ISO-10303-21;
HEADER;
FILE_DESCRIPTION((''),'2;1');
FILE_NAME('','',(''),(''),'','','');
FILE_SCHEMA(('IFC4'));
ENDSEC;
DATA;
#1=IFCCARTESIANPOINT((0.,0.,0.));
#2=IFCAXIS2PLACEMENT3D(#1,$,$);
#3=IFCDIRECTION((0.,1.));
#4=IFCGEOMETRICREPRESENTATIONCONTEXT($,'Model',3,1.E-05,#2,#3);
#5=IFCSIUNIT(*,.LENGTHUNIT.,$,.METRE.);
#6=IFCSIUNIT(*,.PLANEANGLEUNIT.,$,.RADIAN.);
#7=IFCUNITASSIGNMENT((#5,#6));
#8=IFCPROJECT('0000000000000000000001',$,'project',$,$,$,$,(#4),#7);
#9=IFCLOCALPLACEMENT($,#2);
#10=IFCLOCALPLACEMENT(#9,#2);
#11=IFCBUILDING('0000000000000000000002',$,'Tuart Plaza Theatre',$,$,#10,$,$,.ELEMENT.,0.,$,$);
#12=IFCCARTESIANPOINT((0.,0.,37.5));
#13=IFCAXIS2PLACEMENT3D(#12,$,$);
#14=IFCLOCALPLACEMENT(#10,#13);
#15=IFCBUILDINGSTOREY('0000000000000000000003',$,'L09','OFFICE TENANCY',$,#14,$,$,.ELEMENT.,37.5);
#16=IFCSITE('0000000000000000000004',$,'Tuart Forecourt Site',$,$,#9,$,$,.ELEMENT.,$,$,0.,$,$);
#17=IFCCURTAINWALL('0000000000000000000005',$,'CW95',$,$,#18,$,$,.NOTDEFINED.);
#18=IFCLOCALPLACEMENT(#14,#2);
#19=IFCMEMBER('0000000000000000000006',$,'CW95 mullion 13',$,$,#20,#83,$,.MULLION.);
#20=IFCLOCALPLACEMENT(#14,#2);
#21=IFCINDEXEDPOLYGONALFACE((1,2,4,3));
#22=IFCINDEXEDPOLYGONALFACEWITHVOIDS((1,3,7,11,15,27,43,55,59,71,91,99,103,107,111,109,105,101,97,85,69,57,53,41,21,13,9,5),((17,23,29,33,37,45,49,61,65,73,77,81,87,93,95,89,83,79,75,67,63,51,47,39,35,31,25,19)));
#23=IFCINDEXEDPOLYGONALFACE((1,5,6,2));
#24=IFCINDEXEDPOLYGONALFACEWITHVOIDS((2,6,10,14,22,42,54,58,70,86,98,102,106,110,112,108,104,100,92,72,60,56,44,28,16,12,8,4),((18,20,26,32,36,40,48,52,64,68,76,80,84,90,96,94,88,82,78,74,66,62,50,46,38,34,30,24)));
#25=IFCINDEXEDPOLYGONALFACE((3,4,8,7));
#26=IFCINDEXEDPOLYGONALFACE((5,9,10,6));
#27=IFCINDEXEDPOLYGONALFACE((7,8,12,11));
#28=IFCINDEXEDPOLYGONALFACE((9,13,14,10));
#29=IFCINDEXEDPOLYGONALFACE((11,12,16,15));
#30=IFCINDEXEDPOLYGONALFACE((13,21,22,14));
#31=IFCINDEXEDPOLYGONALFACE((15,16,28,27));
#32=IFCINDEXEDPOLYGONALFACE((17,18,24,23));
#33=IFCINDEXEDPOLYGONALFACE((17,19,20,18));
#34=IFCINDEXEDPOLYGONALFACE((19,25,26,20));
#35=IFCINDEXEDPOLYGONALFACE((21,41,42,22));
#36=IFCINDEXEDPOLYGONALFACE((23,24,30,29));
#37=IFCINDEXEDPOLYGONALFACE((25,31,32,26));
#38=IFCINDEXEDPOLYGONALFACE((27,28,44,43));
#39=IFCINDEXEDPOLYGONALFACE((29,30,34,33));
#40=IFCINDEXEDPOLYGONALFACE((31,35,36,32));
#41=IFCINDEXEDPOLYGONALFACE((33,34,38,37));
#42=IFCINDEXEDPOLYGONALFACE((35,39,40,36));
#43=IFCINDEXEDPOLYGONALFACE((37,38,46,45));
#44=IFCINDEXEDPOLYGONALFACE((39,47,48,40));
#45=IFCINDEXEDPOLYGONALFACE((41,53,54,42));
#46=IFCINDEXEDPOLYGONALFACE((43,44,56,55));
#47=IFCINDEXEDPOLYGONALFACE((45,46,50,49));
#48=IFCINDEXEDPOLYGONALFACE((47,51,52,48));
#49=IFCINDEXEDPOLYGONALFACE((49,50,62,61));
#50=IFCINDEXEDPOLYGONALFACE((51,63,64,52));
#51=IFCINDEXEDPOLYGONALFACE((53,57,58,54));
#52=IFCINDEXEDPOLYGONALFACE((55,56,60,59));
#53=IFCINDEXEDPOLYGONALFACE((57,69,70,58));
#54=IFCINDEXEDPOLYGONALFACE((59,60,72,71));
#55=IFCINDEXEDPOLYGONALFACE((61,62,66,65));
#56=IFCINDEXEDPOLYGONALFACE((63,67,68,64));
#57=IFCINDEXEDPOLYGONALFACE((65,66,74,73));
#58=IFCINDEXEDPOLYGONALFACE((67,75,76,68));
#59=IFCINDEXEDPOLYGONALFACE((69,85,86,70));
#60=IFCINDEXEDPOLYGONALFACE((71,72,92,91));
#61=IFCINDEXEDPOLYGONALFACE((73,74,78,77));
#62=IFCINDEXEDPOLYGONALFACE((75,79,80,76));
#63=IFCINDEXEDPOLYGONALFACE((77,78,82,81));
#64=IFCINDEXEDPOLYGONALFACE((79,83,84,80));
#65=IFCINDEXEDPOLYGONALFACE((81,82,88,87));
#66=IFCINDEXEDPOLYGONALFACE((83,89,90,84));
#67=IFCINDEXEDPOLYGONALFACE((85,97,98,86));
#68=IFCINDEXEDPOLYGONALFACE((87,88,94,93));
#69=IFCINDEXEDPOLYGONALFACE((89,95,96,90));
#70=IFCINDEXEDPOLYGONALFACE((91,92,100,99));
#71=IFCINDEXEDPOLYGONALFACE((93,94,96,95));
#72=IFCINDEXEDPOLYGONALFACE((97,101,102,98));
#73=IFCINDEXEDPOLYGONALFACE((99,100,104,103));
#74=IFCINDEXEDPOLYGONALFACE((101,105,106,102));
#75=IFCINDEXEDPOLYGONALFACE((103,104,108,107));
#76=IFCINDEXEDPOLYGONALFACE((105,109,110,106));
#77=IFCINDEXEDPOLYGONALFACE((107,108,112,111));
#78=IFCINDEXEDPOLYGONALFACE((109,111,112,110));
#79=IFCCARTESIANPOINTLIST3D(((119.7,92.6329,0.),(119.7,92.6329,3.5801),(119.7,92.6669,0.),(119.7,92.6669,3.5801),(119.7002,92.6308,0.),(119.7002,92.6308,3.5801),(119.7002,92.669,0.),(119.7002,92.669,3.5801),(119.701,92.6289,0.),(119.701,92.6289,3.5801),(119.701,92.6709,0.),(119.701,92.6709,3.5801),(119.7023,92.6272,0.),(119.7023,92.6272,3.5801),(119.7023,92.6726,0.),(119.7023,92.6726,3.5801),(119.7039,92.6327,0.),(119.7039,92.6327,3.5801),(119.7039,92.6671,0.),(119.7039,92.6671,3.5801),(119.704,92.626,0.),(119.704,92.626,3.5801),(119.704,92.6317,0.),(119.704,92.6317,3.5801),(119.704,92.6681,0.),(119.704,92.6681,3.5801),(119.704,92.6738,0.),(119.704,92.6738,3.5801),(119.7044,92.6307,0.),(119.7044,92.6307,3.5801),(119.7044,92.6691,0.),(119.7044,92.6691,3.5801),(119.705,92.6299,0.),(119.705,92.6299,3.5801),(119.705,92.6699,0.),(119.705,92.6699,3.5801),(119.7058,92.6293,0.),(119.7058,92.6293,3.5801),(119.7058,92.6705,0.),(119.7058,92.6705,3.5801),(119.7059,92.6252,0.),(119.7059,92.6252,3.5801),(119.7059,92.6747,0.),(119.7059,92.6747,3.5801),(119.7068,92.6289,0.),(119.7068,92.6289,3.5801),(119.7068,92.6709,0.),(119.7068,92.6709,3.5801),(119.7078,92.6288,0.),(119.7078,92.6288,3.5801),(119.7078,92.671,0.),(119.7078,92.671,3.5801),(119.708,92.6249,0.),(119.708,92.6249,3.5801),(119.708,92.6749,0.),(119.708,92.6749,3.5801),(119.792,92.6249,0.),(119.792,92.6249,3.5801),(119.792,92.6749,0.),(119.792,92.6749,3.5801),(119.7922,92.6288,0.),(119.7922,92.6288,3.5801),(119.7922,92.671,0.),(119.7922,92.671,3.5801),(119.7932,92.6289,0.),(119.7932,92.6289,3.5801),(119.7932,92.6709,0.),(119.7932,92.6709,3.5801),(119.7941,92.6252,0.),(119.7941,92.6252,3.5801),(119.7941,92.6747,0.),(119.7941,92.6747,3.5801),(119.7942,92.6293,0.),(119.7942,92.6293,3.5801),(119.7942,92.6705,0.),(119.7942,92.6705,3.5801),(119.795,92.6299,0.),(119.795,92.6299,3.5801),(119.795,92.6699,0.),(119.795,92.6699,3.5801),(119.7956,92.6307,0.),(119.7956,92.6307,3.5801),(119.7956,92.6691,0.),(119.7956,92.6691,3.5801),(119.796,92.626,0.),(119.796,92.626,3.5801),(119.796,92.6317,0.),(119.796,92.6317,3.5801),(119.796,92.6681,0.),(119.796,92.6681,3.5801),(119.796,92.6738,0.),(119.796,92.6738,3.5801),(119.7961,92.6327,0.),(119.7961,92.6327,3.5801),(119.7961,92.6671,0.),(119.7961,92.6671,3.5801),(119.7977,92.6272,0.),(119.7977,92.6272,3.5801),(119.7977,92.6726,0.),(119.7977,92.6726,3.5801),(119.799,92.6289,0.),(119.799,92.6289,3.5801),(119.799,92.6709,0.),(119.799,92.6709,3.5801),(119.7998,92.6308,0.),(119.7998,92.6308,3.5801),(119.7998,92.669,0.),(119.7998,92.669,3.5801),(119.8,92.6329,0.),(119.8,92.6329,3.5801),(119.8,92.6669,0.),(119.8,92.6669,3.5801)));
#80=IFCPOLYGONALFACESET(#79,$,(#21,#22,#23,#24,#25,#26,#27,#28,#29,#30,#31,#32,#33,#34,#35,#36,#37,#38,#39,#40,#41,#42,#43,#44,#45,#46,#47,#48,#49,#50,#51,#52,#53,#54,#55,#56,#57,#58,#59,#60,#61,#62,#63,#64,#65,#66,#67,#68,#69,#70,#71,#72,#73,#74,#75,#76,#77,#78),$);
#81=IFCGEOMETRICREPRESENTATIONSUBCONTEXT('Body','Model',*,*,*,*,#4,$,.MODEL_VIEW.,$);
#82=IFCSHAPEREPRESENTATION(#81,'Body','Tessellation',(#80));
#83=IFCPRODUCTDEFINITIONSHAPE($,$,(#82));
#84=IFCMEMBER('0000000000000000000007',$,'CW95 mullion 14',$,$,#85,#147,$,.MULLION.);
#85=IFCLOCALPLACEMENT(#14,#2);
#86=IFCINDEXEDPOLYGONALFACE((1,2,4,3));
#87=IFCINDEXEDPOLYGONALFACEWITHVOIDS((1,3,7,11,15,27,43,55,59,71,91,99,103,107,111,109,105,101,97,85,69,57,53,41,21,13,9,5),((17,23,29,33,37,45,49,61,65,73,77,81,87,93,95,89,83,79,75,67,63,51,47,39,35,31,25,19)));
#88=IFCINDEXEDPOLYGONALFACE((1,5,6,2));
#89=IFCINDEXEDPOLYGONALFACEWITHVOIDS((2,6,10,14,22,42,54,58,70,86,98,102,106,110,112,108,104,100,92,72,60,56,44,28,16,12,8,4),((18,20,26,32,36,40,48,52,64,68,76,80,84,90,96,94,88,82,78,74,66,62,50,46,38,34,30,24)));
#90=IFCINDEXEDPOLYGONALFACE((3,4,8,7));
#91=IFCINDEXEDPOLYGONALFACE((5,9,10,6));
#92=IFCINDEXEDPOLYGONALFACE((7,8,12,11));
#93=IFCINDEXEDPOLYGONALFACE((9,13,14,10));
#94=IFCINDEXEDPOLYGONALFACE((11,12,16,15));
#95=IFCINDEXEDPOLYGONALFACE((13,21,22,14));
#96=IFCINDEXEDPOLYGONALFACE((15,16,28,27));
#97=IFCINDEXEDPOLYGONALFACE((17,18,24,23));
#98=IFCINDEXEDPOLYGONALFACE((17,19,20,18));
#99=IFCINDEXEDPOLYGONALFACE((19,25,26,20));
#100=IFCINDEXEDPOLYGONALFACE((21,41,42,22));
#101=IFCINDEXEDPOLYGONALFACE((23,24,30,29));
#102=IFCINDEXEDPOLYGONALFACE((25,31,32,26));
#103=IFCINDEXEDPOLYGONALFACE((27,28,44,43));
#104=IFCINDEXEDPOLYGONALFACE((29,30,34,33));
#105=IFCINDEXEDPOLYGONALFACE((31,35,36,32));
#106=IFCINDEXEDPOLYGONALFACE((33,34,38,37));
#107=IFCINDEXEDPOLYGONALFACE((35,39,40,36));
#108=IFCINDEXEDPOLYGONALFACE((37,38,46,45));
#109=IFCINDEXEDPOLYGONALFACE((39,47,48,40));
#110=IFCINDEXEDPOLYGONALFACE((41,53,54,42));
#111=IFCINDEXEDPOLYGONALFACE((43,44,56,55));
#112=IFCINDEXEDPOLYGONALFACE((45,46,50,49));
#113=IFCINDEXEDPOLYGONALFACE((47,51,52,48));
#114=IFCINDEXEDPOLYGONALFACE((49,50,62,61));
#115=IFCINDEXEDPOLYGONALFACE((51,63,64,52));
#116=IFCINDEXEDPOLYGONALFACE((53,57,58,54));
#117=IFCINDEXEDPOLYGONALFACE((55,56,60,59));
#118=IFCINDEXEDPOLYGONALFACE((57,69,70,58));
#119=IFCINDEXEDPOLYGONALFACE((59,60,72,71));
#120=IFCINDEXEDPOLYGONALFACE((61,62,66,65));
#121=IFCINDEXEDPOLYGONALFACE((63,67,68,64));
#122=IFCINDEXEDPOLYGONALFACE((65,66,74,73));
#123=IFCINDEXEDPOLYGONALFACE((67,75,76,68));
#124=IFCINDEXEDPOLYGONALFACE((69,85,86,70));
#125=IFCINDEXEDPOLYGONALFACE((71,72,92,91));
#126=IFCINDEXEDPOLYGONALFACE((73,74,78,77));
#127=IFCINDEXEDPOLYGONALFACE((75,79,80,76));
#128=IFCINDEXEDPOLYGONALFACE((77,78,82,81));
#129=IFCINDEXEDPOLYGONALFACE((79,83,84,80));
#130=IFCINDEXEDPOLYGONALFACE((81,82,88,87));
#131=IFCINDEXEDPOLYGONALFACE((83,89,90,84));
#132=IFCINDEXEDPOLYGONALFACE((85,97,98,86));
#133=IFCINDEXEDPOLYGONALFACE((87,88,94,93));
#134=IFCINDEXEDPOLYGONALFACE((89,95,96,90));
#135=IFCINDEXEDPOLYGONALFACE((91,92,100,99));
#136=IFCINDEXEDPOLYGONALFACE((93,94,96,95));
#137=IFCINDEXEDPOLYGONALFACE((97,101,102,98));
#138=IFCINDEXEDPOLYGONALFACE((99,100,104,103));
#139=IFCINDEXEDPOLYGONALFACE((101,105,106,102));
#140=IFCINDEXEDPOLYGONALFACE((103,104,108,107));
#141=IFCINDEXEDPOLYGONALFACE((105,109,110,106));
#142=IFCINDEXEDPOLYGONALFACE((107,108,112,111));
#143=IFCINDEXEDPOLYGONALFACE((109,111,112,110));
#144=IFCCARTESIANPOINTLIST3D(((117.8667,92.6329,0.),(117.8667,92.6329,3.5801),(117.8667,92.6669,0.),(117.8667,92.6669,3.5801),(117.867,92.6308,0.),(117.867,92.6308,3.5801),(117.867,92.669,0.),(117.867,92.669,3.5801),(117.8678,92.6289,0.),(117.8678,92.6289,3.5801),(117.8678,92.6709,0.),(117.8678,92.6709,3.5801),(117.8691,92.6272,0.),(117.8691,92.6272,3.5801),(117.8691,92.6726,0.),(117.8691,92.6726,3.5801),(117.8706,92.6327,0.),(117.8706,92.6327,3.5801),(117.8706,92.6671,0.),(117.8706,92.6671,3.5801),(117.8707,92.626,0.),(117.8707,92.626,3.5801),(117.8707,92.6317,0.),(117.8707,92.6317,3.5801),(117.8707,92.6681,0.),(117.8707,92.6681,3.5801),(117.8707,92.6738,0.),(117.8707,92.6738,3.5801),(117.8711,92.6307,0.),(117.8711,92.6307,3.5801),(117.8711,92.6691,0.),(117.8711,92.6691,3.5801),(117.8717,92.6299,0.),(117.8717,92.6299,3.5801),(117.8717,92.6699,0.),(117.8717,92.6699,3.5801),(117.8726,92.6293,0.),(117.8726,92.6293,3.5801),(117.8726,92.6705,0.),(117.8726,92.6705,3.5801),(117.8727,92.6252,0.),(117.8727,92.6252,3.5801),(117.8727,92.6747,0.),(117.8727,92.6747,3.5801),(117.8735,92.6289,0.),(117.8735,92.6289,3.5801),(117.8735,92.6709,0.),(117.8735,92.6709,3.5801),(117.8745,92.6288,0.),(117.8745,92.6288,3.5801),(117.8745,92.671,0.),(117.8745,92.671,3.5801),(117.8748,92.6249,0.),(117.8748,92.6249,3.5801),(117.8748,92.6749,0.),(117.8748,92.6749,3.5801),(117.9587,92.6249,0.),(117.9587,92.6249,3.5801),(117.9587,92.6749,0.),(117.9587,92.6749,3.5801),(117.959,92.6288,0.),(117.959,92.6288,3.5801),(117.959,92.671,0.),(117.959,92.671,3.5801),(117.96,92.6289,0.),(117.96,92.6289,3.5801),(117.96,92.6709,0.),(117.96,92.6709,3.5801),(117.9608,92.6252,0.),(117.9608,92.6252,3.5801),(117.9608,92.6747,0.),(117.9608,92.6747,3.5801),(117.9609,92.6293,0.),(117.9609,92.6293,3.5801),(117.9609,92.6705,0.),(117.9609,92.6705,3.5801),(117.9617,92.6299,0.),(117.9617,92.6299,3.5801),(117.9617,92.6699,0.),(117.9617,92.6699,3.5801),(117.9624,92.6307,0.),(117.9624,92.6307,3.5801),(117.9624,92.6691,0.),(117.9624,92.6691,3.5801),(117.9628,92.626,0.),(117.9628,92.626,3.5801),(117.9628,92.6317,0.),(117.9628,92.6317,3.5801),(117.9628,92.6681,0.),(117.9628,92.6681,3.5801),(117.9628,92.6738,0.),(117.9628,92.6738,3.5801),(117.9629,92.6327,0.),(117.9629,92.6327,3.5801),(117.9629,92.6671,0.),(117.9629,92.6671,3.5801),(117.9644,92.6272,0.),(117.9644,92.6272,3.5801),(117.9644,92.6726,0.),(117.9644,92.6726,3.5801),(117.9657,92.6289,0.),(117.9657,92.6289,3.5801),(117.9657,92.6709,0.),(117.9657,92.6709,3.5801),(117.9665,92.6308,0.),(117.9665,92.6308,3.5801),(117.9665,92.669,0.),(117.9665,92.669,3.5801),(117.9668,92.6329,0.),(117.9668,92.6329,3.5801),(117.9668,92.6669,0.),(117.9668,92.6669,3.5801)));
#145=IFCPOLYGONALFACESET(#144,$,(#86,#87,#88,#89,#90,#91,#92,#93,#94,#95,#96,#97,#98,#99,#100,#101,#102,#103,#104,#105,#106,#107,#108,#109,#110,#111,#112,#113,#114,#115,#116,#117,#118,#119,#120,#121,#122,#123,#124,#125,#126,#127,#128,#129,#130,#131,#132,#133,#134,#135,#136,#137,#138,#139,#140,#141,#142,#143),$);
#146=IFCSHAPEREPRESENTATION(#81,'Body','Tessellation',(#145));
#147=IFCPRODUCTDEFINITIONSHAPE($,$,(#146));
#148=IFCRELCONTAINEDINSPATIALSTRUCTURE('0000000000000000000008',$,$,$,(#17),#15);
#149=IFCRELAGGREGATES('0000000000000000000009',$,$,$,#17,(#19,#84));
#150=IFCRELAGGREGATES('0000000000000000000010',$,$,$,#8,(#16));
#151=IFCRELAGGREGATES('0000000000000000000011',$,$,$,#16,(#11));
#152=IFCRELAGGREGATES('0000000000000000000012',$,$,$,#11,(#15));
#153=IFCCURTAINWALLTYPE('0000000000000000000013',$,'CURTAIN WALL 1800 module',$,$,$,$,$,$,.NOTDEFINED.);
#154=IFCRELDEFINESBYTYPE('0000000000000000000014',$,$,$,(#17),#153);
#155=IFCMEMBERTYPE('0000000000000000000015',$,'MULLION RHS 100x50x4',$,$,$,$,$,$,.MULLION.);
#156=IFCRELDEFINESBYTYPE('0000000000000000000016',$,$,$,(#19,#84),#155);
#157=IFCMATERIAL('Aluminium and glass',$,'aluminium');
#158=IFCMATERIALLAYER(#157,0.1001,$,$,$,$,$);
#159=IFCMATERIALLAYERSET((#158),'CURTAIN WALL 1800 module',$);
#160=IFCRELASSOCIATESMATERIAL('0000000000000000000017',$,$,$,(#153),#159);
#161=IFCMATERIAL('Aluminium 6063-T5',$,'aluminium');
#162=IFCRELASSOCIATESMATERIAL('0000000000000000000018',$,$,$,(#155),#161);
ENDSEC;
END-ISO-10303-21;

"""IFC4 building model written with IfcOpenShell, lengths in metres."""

from ifc_helpers import new_model, si_unit, direction, frame, origin, origin_2d, place, context, subcontext, project, spatial, hollow_rectangle, extrude, material, layer, layer_set, material_profile, profile_set, type_object, element, aggregate, save


model = new_model("IFC4")

# Units and contexts
model_context = context("Model", 3, precision=1e-05, world=origin(), true_north=direction((0.0, 1.0)))
body_context = subcontext(model_context, "Body", "Model", "MODEL_VIEW")
ifc_project = project(units=[si_unit("LENGTHUNIT", "METRE"), si_unit("PLANEANGLEUNIT", "RADIAN")], contexts=[model_context])

# Site, building, storey
site_placement = place(None, origin())
site = spatial("IfcSite", under=ifc_project, at=site_placement, Name="Tuart Forecourt Site", CompositionType="ELEMENT", RefElevation=0.0)
building_placement = place(site_placement, origin())
building = spatial("IfcBuilding", under=site, at=building_placement, Name="Tuart Plaza Theatre", CompositionType="ELEMENT", ElevationOfRefHeight=0.0)
storey_placement = place(building_placement, frame((0.0, 0.0, 37.5)))
storey = spatial("IfcBuildingStorey", under=building, at=storey_placement, Name="L09", Description="OFFICE TENANCY", CompositionType="ELEMENT", Elevation=37.5)

# Curtain wall, members
ifc_material_1 = material(Name="Aluminium and glass", Category="aluminium")
ifc_layer_1 = layer(ifc_material_1, 0.1001)
ifc_layer_set_1 = layer_set([ifc_layer_1], Name="CURTAIN WALL 1800 module")
curtain_wall_type = type_object("IfcCurtainWallType", Name="CURTAIN WALL 1800 module", PredefinedType="NOTDEFINED", material=ifc_layer_set_1)
curtain_wall_placement = place(storey_placement, origin())
curtain_wall = element("IfcCurtainWall", 1, at=curtain_wall_placement, inside=storey, type_object=curtain_wall_type, Name="CW95", PredefinedType="NOTDEFINED")
ifc_material_2 = material(Name="Aluminium 6063-T5", Category="aluminium")
ifc_material_profile_1 = material_profile(ifc_material_2, hollow_rectangle(XDim=0.05, YDim=0.1001, WallThickness=0.0039, InnerFilletRadius=0.0039, OuterFilletRadius=0.0081, at=origin_2d()), Name="RHS 100x50x4")
ifc_profile_set_1 = profile_set([ifc_material_profile_1], Name="Aluminium 6063-T5")
member_type_1 = type_object("IfcMemberType", Name="MULLION RHS 100x50x4", PredefinedType="MULLION", material=ifc_profile_set_1)
member_1_placement = place(storey_placement, frame((119.75, 92.6499, 0.0), z_axis=(0.0, 0.0, 1.0), x_axis=(0.0, -1.0, 0.0)))
member_1 = element("IfcMember", 2, at=member_1_placement, type_object=member_type_1, Name="CW95 mullion 13", PredefinedType="MULLION", context=body_context, shape_type="SweptSolid", body=[
    extrude(hollow_rectangle(XDim=0.05, YDim=0.1001, WallThickness=0.0039, InnerFilletRadius=0.0039, OuterFilletRadius=0.0081, at=origin_2d()), origin(), (0.0, 0.0, 1.0), 3.5801),
])
member_2_placement = place(storey_placement, frame((117.9167, 92.6499, 0.0), z_axis=(0.0, 0.0, 1.0), x_axis=(0.0, -1.0, 0.0)))
member_2 = element("IfcMember", 3, at=member_2_placement, type_object=member_type_1, Name="CW95 mullion 14", PredefinedType="MULLION", context=body_context, shape_type="SweptSolid", body=[
    extrude(hollow_rectangle(XDim=0.05, YDim=0.1001, WallThickness=0.0039, InnerFilletRadius=0.0039, OuterFilletRadius=0.0081, at=origin_2d()), origin(), (0.0, 0.0, 1.0), 3.5801),
])
aggregate(curtain_wall, [member_1, member_2])

save(model, "model.ifc")
